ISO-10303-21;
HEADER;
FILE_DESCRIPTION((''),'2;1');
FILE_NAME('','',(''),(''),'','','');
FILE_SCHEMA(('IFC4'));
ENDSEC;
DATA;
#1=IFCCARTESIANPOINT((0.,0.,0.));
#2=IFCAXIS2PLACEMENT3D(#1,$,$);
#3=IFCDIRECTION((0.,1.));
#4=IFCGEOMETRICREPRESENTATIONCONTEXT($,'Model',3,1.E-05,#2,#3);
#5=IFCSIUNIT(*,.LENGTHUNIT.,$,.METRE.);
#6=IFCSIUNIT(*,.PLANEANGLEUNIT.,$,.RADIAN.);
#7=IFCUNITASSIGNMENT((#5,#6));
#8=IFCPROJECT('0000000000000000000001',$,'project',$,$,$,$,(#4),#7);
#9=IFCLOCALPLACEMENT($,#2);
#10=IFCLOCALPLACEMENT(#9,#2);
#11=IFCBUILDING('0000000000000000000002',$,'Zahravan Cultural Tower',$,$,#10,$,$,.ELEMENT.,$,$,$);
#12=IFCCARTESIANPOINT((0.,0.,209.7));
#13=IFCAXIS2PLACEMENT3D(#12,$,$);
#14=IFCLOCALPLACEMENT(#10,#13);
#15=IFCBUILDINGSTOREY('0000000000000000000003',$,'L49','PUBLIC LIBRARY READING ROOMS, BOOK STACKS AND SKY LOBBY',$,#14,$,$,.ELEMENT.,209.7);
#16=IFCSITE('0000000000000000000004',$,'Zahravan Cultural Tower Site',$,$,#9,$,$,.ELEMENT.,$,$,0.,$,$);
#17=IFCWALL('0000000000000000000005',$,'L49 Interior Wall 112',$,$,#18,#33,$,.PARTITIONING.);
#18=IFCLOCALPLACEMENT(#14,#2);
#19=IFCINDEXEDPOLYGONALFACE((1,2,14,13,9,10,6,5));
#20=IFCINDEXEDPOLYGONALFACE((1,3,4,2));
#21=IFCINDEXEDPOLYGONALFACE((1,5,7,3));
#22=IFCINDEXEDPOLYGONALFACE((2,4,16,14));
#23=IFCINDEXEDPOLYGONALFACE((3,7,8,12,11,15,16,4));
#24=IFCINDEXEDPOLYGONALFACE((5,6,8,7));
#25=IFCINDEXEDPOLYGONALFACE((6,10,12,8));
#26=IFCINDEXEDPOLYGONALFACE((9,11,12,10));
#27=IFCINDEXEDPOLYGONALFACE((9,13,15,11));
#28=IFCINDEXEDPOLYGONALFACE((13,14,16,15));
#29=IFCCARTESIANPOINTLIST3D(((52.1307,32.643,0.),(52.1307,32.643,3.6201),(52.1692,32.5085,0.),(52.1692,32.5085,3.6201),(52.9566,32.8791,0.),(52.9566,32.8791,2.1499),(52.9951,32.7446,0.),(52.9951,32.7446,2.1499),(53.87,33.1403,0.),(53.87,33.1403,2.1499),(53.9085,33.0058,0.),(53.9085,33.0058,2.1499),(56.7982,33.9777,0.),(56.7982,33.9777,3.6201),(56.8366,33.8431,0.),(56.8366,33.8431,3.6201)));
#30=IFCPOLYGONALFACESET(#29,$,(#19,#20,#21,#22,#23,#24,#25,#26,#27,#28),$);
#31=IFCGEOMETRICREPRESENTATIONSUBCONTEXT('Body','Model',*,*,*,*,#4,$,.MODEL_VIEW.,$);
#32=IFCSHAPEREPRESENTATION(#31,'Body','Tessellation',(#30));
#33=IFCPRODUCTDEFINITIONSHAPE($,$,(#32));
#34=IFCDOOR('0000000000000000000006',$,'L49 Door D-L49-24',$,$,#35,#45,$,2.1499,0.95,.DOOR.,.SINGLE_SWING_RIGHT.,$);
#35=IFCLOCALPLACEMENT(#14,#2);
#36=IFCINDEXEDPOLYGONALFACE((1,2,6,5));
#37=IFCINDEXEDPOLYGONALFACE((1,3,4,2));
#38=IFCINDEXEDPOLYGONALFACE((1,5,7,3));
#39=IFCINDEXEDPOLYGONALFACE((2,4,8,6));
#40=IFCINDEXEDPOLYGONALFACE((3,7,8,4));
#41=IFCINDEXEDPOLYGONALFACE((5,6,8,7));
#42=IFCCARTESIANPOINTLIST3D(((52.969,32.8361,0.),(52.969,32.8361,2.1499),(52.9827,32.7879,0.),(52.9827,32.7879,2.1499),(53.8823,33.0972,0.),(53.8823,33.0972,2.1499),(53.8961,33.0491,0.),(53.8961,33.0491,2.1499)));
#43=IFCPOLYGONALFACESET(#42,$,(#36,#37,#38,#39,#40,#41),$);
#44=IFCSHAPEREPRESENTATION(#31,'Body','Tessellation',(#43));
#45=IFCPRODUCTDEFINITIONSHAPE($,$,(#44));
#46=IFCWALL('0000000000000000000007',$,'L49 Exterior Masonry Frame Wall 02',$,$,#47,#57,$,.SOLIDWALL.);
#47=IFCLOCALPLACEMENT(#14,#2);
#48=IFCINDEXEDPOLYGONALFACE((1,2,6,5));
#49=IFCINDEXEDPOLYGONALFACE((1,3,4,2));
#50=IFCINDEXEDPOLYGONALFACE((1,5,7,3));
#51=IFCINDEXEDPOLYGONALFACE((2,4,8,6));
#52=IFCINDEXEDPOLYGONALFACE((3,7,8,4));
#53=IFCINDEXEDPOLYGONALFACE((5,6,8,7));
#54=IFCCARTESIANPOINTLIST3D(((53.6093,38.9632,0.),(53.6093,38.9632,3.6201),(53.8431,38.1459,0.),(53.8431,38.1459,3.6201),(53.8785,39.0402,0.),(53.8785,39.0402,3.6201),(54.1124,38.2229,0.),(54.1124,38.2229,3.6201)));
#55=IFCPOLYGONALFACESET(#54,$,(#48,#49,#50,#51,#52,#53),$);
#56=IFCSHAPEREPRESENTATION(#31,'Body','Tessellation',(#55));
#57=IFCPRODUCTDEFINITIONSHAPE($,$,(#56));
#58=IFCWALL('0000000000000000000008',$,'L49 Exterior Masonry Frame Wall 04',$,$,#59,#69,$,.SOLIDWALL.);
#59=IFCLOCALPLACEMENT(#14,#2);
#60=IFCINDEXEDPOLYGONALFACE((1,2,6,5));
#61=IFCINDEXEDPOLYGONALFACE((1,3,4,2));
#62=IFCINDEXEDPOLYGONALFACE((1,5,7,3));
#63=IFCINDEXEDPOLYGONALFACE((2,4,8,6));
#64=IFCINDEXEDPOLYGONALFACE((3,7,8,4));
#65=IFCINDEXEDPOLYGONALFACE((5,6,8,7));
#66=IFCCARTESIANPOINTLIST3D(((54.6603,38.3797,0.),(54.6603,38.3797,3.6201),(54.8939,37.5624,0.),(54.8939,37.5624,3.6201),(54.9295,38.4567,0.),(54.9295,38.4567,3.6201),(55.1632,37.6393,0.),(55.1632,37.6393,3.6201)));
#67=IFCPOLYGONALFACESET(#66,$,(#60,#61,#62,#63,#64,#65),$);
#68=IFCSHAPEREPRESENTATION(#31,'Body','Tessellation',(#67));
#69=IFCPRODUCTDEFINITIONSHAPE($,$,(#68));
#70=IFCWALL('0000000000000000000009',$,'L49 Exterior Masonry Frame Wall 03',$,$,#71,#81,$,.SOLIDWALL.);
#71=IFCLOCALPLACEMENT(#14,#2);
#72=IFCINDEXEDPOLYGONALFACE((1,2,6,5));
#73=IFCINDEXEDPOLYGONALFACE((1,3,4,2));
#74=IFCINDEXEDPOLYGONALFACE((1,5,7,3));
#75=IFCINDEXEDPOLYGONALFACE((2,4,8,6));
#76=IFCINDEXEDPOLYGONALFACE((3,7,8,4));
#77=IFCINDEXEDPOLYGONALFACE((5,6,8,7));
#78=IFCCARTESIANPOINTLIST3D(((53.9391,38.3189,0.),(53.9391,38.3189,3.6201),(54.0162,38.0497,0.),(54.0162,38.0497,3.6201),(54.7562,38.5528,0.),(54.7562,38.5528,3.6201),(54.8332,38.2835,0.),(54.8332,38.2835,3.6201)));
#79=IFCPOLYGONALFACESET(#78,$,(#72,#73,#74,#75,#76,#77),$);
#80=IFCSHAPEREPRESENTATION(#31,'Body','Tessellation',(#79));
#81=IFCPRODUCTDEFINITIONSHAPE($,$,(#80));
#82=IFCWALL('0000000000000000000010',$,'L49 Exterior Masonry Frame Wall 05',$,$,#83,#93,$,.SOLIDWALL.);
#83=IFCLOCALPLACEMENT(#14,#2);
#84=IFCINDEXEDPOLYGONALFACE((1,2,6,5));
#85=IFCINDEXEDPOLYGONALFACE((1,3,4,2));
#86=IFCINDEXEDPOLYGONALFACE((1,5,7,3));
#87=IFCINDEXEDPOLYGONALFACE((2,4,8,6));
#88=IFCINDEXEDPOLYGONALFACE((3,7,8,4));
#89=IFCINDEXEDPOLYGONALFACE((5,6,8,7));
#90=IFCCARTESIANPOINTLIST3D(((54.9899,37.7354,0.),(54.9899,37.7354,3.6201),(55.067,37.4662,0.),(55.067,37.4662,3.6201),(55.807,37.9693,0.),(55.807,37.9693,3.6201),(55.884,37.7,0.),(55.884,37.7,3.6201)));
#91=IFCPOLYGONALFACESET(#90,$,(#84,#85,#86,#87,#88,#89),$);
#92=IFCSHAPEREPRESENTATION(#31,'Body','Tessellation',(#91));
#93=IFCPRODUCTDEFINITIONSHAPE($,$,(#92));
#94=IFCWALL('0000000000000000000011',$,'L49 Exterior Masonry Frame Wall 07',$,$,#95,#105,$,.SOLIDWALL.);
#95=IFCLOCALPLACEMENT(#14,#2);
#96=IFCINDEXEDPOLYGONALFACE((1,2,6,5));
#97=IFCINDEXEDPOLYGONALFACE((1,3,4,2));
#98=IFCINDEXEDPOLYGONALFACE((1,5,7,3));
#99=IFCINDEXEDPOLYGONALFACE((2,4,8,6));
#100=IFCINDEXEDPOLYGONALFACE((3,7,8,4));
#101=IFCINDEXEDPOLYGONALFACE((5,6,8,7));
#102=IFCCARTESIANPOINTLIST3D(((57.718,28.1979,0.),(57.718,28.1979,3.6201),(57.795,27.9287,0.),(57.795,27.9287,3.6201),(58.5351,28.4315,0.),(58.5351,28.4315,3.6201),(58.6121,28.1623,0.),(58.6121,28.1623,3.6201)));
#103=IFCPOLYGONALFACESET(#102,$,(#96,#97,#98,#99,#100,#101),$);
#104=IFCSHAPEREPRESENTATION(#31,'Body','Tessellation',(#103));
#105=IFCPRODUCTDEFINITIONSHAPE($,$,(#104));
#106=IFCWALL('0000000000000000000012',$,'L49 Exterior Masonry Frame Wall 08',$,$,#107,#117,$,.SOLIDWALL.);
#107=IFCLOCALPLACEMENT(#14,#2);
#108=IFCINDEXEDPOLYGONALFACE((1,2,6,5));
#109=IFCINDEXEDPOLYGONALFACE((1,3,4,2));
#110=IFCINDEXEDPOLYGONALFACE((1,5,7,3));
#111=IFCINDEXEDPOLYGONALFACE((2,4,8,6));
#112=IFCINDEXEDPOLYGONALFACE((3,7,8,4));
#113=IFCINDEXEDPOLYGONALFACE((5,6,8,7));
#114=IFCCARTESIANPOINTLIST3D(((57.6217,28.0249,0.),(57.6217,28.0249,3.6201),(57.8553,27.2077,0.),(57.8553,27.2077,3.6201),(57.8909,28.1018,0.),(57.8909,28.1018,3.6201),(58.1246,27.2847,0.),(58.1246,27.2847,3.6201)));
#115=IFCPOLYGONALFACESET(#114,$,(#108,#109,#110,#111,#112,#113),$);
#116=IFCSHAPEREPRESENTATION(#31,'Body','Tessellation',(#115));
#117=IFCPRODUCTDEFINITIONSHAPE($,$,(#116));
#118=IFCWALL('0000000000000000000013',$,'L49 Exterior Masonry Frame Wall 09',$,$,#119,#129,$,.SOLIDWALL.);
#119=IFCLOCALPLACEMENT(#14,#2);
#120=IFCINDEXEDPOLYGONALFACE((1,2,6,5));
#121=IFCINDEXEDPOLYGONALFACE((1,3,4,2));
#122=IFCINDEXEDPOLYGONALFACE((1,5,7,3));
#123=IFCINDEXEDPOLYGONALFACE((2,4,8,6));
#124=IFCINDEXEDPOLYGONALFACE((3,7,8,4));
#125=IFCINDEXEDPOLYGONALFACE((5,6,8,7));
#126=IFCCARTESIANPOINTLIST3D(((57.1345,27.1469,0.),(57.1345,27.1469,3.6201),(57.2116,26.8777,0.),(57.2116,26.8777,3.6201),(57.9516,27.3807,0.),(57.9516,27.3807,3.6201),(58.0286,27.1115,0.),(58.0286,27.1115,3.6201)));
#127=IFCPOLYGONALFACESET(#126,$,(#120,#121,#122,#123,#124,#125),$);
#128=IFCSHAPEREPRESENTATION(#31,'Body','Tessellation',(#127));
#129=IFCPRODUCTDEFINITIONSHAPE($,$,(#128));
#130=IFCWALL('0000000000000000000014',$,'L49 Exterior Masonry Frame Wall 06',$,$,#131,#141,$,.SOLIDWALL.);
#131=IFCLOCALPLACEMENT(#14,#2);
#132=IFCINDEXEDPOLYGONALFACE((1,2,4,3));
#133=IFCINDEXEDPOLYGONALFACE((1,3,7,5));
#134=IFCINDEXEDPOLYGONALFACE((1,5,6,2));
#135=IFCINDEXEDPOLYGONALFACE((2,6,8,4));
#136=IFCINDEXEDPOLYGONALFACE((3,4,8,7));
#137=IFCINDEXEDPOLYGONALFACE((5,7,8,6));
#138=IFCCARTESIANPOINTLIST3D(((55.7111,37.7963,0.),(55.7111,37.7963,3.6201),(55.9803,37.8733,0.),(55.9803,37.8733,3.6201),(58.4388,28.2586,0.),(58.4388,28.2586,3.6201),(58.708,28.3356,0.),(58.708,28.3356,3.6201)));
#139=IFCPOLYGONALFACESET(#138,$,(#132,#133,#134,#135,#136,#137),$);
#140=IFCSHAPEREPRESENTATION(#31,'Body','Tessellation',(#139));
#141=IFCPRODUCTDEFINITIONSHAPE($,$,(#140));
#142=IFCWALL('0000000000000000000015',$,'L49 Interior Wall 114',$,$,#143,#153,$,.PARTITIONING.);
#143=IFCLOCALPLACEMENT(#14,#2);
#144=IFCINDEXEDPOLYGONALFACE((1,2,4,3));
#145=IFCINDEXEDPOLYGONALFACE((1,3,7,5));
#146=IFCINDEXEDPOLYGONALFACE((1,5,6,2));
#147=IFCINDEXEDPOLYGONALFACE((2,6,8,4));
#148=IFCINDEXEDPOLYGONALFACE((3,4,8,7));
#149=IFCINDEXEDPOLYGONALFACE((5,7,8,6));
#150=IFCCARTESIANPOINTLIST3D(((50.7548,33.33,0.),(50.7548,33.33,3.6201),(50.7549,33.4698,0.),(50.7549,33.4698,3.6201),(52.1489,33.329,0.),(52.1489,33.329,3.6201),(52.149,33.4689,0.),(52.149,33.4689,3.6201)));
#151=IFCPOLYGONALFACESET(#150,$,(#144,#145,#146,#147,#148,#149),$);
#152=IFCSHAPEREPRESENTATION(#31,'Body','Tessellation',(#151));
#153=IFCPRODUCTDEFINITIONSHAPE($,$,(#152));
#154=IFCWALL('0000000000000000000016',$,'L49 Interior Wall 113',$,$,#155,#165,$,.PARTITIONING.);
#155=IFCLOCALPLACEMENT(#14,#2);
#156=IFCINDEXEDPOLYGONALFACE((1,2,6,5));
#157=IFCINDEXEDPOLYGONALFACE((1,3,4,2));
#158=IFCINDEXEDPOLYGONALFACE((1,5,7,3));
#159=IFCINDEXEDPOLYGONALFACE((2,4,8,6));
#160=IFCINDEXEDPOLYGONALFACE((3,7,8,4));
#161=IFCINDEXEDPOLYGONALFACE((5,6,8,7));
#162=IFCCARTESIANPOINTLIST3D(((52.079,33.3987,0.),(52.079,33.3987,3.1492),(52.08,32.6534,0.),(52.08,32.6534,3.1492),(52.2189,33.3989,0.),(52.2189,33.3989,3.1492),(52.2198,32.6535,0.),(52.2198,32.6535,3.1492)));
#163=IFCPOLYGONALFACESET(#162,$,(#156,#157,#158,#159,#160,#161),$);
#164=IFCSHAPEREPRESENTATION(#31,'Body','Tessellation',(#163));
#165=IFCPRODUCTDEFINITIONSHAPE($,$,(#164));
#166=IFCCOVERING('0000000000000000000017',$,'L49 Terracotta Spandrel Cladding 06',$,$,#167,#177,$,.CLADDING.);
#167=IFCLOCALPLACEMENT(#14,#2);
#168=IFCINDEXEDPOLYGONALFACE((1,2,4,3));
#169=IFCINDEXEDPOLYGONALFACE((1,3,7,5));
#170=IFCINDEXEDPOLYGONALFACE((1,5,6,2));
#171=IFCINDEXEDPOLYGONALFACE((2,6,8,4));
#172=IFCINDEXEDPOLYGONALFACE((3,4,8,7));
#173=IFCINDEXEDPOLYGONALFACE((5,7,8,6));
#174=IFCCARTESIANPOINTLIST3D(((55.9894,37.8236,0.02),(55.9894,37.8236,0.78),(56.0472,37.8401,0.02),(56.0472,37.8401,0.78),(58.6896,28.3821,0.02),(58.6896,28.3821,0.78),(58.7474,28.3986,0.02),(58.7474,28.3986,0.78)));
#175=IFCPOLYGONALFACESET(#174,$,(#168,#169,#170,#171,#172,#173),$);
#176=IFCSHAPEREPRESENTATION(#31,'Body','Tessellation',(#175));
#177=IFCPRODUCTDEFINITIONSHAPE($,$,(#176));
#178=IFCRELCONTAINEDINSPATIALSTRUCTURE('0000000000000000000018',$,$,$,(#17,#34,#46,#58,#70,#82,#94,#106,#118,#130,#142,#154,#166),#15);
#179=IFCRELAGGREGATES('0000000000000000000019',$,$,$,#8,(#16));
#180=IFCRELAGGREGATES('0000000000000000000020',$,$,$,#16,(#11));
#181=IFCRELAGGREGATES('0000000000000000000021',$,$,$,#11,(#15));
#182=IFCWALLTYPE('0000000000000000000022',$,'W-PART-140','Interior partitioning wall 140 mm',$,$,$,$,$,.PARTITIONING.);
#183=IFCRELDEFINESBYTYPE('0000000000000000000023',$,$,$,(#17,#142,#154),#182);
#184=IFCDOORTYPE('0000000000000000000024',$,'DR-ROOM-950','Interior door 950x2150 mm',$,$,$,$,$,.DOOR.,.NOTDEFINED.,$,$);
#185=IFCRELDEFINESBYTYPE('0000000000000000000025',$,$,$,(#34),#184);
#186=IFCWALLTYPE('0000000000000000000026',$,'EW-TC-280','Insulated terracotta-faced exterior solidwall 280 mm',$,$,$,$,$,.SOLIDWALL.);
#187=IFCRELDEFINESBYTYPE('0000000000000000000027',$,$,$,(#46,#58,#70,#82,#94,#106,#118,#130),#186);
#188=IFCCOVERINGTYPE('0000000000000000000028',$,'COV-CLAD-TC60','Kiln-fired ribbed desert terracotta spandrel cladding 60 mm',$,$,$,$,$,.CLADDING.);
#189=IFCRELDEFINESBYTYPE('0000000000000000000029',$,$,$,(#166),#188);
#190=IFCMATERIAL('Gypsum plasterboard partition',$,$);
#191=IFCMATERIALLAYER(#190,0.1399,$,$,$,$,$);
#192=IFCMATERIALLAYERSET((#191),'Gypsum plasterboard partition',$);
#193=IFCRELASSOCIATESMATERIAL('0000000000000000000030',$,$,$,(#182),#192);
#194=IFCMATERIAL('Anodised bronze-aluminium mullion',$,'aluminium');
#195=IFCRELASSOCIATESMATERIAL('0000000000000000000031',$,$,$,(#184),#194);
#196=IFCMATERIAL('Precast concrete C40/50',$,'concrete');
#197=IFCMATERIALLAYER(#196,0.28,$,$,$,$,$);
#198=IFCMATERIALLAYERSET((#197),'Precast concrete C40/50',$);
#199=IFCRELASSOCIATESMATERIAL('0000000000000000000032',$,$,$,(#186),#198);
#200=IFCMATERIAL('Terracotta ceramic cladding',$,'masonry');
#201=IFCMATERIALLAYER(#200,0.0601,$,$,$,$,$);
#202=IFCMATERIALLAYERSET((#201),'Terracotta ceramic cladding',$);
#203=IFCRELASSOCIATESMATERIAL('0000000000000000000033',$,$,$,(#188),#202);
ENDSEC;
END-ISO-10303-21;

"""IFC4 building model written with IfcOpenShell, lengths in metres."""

from ifc_helpers import new_model, si_unit, direction, frame, frame_2d, origin, origin_2d, place, context, subcontext, project, spatial, rectangle, extrude, source, transform, mapped, material, layer, layer_set, type_object, element, fill, save


model = new_model("IFC4")

# Units and contexts
model_context = context("Model", 3, precision=1e-05, world=origin(), true_north=direction((0.0, 1.0)))
body_context = subcontext(model_context, "Body", "Model", "MODEL_VIEW")
ifc_project = project(units=[si_unit("LENGTHUNIT", "METRE"), si_unit("PLANEANGLEUNIT", "RADIAN")], contexts=[model_context])

# Site, building, storey
site_placement = place(None, origin())
site = spatial("IfcSite", under=ifc_project, at=site_placement, Name="Zahravan Cultural Tower Site", CompositionType="ELEMENT", RefElevation=0.0)
building_placement = place(site_placement, origin())
building = spatial("IfcBuilding", under=site, at=building_placement, Name="Zahravan Cultural Tower", CompositionType="ELEMENT")
storey_placement = place(building_placement, frame((0.0, 0.0, 209.7)))
storey = spatial("IfcBuildingStorey", under=building, at=storey_placement, Name="L49", Description="PUBLIC LIBRARY READING ROOMS, BOOK STACKS AND SKY LOBBY", CompositionType="ELEMENT", Elevation=209.7)

# Wall, opening, door
ifc_material_1 = material(Name="Gypsum plasterboard partition")
ifc_layer_1 = layer(ifc_material_1, 0.1399)
ifc_layer_set_1 = layer_set([ifc_layer_1], Name="Gypsum plasterboard partition")
wall_type_1 = type_object("IfcWallType", Name="W-PART-140", Description="Interior partitioning wall 140 mm", PredefinedType="PARTITIONING", material=ifc_layer_set_1)
ifc_material_2 = material(Name="Anodised bronze-aluminium mullion", Category="aluminium")
door_type = type_object("IfcDoorType", Name="DR-ROOM-950", Description="Interior door 950x2150 mm", OperationType="NOTDEFINED", PredefinedType="DOOR", material=ifc_material_2)
shared_shape_1 = source(origin(), body_context, "Body", "SweptSolid", [
    extrude(rectangle(XDim=0.95, YDim=2.1499, at=frame_2d((0.4751, 1.075))), frame((0.0, 0.0249, 0.0), z_axis=(0.0, -1.0, 0.0), x_axis=(1.0, 0.0, 0.0)), (0.0, 0.0, 1.0), 0.05),
])
wall_1_placement = place(storey_placement, frame((56.8174, 33.9104, 0.0), z_axis=(0.0, 0.0, 1.0), x_axis=(-0.961461, -0.27494, 0.0)))
wall_1 = element("IfcWall", 1, at=wall_1_placement, inside=storey, type_object=wall_type_1, Name="L49 Interior Wall 112", PredefinedType="PARTITIONING", context=body_context, shape_type="SweptSolid", body=[
    extrude(rectangle(XDim=4.8545, YDim=0.1399, at=frame_2d((2.4272, 0.0))), origin(), (0.0, 0.0, 1.0), 3.6201),
])
opening_1_placement = place(wall_1_placement, frame((3.0454, 0.0, 0.0)))
opening_1 = element("IfcOpeningElement", 2, at=opening_1_placement, cuts=wall_1, PredefinedType="OPENING", context=body_context, shape_type="SweptSolid", body=[
    extrude(rectangle(XDim=0.95, YDim=2.1499, at=frame_2d((0.4751, 1.075))), frame((0.0, 0.0798, 0.0), z_axis=(0.0, -1.0, 0.0), x_axis=(1.0, 0.0, 0.0)), (0.0, 0.0, 1.0), 0.1599),
])
door_1_placement = place(opening_1_placement, origin())
door_1 = element("IfcDoor", 3, at=door_1_placement, inside=storey, type_object=door_type, Name="L49 Door D-L49-24", OperationType="SINGLE_SWING_RIGHT", OverallHeight=2.1499, OverallWidth=0.95, PredefinedType="DOOR", context=body_context, shape_type="MappedRepresentation", body=[
    mapped(shared_shape_1, transform((0.0, 0.0, 0.0), x_axis=(1.0, 0.0, 0.0), y_axis=(0.0, 1.0, 0.0), z_axis=(0.0, 0.0, 1.0), scale=1.0)),
])
fill(opening_1, door_1)

# Walls
ifc_material_3 = material(Name="Precast concrete C40/50", Category="concrete")
ifc_layer_2 = layer(ifc_material_3, 0.28)
ifc_layer_set_2 = layer_set([ifc_layer_2], Name="Precast concrete C40/50")
wall_type_2 = type_object("IfcWallType", Name="EW-TC-280", Description="Insulated terracotta-faced exterior solidwall 280 mm", PredefinedType="SOLIDWALL", material=ifc_layer_set_2)
shared_shape_2 = source(origin(), body_context, "Body", "SweptSolid", [
    extrude(rectangle(XDim=0.8501, YDim=0.28, at=frame_2d((0.425, 0.0))), origin(), (0.0, 0.0, 1.0), 3.6201),
])
for number, where, z_axis, x_axis, name in (
    (4, (53.7439, 39.0017, 0.0), (0.0, 0.0, 1.0), (0.2751, -0.961416, 0.0), "L49 Exterior Masonry Frame Wall 02"),
    (5, (54.7949, 38.4182, 0.0), (0.0, 0.0, 1.0), (0.274835, -0.961491, 0.0), "L49 Exterior Masonry Frame Wall 04"),
):
    element("IfcWall", number, at=place(storey_placement, frame(where, z_axis=z_axis, x_axis=x_axis)), inside=storey, type_object=wall_type_2, Name=name, PredefinedType="SOLIDWALL", context=body_context, shape_type="MappedRepresentation", body=[
        mapped(shared_shape_2, transform((0.0, 0.0, 0.0), x_axis=(1.0, 0.0, 0.0), y_axis=(0.0, 1.0, 0.0), z_axis=(0.0, 0.0, 1.0), scale=1.0)),
    ])
shared_shape_3 = source(origin(), body_context, "Body", "SweptSolid", [
    extrude(rectangle(XDim=0.8499, YDim=0.28, at=frame_2d((0.4248, 0.0))), origin(), (0.0, 0.0, 1.0), 3.6201),
])
for number, where, z_axis, x_axis, name in (
    (6, (53.9778, 38.1843, 0.0), (0.0, 0.0, 1.0), (0.961394, 0.275176, 0.0), "L49 Exterior Masonry Frame Wall 03"),
    (7, (55.0286, 37.6008, 0.0), (0.0, 0.0, 1.0), (0.961394, 0.275176, 0.0), "L49 Exterior Masonry Frame Wall 05"),
    (8, (58.5735, 28.2969, 0.0), (0.0, 0.0, 1.0), (-0.96147, -0.274911, 0.0), "L49 Exterior Masonry Frame Wall 07"),
    (9, (57.7563, 28.0632, 0.0), (0.0, 0.0, 1.0), (0.274911, -0.96147, 0.0), "L49 Exterior Masonry Frame Wall 08"),
    (10, (57.99, 27.2461, 0.0), (0.0, 0.0, 1.0), (-0.961394, -0.275176, 0.0), "L49 Exterior Masonry Frame Wall 09"),
):
    element("IfcWall", number, at=place(storey_placement, frame(where, z_axis=z_axis, x_axis=x_axis)), inside=storey, type_object=wall_type_2, Name=name, PredefinedType="SOLIDWALL", context=body_context, shape_type="MappedRepresentation", body=[
        mapped(shared_shape_3, transform((0.0, 0.0, 0.0), x_axis=(1.0, 0.0, 0.0), y_axis=(0.0, 1.0, 0.0), z_axis=(0.0, 0.0, 1.0), scale=1.0)),
    ])
shared_shape_4 = source(origin(), body_context, "Body", "SweptSolid", [
    extrude(rectangle(XDim=9.9202, YDim=0.28, at=frame_2d((4.96, 0.0))), origin(), (0.0, 0.0, 1.0), 3.6201),
])
wall_2_placement = place(storey_placement, frame((55.8457, 37.8347, 0.0), z_axis=(0.0, 0.0, 1.0), x_axis=(0.274971, -0.961452, 0.0)))
element("IfcWall", 11, at=wall_2_placement, inside=storey, type_object=wall_type_2, Name="L49 Exterior Masonry Frame Wall 06", PredefinedType="SOLIDWALL", context=body_context, shape_type="MappedRepresentation", body=[
    mapped(shared_shape_4, transform((0.0, 0.0, 0.0), x_axis=(1.0, 0.0, 0.0), y_axis=(0.0, 1.0, 0.0), z_axis=(0.0, 0.0, 1.0), scale=1.0)),
])
shared_shape_5 = source(origin(), body_context, "Body", "SweptSolid", [
    extrude(rectangle(XDim=1.394, YDim=0.1399, at=frame_2d((0.697, 0.0))), origin(), (0.0, 0.0, 1.0), 3.6201),
])
wall_3_placement = place(storey_placement, frame((52.1489, 33.3989, 0.0), z_axis=(0.0, 0.0, 1.0), x_axis=(-1.0, 0.000701, 0.0)))
element("IfcWall", 12, at=wall_3_placement, inside=storey, type_object=wall_type_1, Name="L49 Interior Wall 114", PredefinedType="PARTITIONING", context=body_context, shape_type="MappedRepresentation", body=[
    mapped(shared_shape_5, transform((0.0, 0.0, 0.0), x_axis=(1.0, 0.0, 0.0), y_axis=(0.0, 1.0, 0.0), z_axis=(0.0, 0.0, 1.0), scale=1.0)),
])
shared_shape_6 = source(origin(), body_context, "Body", "SweptSolid", [
    extrude(rectangle(XDim=0.7454, YDim=0.1399, at=frame_2d((0.3726, 0.0))), origin(), (0.0, 0.0, 1.0), 3.1492),
])
wall_4_placement = place(storey_placement, frame((52.1499, 32.6536, 0.0), z_axis=(0.0, 0.0, 1.0), x_axis=(-0.00131, 0.999999, 0.0)))
element("IfcWall", 13, at=wall_4_placement, inside=storey, type_object=wall_type_1, Name="L49 Interior Wall 113", PredefinedType="PARTITIONING", context=body_context, shape_type="MappedRepresentation", body=[
    mapped(shared_shape_6, transform((0.0, 0.0, 0.0), x_axis=(1.0, 0.0, 0.0), y_axis=(0.0, 1.0, 0.0), z_axis=(0.0, 0.0, 1.0), scale=1.0)),
])

# Covering
ifc_material_4 = material(Name="Terracotta ceramic cladding", Category="masonry")
ifc_layer_3 = layer(ifc_material_4, 0.0601)
ifc_layer_set_3 = layer_set([ifc_layer_3], Name="Terracotta ceramic cladding")
covering_type = type_object("IfcCoveringType", Name="COV-CLAD-TC60", Description="Kiln-fired ribbed desert terracotta spandrel cladding 60 mm", PredefinedType="CLADDING", material=ifc_layer_set_3)
shared_shape_7 = source(origin(), body_context, "Body", "SweptSolid", [
    extrude(rectangle(XDim=9.8201, YDim=0.0601, at=origin_2d()), origin(), (0.0, 0.0, 1.0), 0.76),
])
covering_1_placement = place(storey_placement, frame((57.3684, 33.1111, 0.02), z_axis=(0.0, 0.0, 1.0), x_axis=(0.274966, -0.961454, 0.0)))
element("IfcCovering", 14, at=covering_1_placement, inside=storey, type_object=covering_type, Name="L49 Terracotta Spandrel Cladding 06", PredefinedType="CLADDING", context=body_context, shape_type="MappedRepresentation", body=[
    mapped(shared_shape_7, transform((0.0, 0.0, 0.0), x_axis=(1.0, 0.0, 0.0), y_axis=(0.0, 1.0, 0.0), z_axis=(0.0, 0.0, 1.0), scale=1.0)),
])

save(model, "model.ifc")
